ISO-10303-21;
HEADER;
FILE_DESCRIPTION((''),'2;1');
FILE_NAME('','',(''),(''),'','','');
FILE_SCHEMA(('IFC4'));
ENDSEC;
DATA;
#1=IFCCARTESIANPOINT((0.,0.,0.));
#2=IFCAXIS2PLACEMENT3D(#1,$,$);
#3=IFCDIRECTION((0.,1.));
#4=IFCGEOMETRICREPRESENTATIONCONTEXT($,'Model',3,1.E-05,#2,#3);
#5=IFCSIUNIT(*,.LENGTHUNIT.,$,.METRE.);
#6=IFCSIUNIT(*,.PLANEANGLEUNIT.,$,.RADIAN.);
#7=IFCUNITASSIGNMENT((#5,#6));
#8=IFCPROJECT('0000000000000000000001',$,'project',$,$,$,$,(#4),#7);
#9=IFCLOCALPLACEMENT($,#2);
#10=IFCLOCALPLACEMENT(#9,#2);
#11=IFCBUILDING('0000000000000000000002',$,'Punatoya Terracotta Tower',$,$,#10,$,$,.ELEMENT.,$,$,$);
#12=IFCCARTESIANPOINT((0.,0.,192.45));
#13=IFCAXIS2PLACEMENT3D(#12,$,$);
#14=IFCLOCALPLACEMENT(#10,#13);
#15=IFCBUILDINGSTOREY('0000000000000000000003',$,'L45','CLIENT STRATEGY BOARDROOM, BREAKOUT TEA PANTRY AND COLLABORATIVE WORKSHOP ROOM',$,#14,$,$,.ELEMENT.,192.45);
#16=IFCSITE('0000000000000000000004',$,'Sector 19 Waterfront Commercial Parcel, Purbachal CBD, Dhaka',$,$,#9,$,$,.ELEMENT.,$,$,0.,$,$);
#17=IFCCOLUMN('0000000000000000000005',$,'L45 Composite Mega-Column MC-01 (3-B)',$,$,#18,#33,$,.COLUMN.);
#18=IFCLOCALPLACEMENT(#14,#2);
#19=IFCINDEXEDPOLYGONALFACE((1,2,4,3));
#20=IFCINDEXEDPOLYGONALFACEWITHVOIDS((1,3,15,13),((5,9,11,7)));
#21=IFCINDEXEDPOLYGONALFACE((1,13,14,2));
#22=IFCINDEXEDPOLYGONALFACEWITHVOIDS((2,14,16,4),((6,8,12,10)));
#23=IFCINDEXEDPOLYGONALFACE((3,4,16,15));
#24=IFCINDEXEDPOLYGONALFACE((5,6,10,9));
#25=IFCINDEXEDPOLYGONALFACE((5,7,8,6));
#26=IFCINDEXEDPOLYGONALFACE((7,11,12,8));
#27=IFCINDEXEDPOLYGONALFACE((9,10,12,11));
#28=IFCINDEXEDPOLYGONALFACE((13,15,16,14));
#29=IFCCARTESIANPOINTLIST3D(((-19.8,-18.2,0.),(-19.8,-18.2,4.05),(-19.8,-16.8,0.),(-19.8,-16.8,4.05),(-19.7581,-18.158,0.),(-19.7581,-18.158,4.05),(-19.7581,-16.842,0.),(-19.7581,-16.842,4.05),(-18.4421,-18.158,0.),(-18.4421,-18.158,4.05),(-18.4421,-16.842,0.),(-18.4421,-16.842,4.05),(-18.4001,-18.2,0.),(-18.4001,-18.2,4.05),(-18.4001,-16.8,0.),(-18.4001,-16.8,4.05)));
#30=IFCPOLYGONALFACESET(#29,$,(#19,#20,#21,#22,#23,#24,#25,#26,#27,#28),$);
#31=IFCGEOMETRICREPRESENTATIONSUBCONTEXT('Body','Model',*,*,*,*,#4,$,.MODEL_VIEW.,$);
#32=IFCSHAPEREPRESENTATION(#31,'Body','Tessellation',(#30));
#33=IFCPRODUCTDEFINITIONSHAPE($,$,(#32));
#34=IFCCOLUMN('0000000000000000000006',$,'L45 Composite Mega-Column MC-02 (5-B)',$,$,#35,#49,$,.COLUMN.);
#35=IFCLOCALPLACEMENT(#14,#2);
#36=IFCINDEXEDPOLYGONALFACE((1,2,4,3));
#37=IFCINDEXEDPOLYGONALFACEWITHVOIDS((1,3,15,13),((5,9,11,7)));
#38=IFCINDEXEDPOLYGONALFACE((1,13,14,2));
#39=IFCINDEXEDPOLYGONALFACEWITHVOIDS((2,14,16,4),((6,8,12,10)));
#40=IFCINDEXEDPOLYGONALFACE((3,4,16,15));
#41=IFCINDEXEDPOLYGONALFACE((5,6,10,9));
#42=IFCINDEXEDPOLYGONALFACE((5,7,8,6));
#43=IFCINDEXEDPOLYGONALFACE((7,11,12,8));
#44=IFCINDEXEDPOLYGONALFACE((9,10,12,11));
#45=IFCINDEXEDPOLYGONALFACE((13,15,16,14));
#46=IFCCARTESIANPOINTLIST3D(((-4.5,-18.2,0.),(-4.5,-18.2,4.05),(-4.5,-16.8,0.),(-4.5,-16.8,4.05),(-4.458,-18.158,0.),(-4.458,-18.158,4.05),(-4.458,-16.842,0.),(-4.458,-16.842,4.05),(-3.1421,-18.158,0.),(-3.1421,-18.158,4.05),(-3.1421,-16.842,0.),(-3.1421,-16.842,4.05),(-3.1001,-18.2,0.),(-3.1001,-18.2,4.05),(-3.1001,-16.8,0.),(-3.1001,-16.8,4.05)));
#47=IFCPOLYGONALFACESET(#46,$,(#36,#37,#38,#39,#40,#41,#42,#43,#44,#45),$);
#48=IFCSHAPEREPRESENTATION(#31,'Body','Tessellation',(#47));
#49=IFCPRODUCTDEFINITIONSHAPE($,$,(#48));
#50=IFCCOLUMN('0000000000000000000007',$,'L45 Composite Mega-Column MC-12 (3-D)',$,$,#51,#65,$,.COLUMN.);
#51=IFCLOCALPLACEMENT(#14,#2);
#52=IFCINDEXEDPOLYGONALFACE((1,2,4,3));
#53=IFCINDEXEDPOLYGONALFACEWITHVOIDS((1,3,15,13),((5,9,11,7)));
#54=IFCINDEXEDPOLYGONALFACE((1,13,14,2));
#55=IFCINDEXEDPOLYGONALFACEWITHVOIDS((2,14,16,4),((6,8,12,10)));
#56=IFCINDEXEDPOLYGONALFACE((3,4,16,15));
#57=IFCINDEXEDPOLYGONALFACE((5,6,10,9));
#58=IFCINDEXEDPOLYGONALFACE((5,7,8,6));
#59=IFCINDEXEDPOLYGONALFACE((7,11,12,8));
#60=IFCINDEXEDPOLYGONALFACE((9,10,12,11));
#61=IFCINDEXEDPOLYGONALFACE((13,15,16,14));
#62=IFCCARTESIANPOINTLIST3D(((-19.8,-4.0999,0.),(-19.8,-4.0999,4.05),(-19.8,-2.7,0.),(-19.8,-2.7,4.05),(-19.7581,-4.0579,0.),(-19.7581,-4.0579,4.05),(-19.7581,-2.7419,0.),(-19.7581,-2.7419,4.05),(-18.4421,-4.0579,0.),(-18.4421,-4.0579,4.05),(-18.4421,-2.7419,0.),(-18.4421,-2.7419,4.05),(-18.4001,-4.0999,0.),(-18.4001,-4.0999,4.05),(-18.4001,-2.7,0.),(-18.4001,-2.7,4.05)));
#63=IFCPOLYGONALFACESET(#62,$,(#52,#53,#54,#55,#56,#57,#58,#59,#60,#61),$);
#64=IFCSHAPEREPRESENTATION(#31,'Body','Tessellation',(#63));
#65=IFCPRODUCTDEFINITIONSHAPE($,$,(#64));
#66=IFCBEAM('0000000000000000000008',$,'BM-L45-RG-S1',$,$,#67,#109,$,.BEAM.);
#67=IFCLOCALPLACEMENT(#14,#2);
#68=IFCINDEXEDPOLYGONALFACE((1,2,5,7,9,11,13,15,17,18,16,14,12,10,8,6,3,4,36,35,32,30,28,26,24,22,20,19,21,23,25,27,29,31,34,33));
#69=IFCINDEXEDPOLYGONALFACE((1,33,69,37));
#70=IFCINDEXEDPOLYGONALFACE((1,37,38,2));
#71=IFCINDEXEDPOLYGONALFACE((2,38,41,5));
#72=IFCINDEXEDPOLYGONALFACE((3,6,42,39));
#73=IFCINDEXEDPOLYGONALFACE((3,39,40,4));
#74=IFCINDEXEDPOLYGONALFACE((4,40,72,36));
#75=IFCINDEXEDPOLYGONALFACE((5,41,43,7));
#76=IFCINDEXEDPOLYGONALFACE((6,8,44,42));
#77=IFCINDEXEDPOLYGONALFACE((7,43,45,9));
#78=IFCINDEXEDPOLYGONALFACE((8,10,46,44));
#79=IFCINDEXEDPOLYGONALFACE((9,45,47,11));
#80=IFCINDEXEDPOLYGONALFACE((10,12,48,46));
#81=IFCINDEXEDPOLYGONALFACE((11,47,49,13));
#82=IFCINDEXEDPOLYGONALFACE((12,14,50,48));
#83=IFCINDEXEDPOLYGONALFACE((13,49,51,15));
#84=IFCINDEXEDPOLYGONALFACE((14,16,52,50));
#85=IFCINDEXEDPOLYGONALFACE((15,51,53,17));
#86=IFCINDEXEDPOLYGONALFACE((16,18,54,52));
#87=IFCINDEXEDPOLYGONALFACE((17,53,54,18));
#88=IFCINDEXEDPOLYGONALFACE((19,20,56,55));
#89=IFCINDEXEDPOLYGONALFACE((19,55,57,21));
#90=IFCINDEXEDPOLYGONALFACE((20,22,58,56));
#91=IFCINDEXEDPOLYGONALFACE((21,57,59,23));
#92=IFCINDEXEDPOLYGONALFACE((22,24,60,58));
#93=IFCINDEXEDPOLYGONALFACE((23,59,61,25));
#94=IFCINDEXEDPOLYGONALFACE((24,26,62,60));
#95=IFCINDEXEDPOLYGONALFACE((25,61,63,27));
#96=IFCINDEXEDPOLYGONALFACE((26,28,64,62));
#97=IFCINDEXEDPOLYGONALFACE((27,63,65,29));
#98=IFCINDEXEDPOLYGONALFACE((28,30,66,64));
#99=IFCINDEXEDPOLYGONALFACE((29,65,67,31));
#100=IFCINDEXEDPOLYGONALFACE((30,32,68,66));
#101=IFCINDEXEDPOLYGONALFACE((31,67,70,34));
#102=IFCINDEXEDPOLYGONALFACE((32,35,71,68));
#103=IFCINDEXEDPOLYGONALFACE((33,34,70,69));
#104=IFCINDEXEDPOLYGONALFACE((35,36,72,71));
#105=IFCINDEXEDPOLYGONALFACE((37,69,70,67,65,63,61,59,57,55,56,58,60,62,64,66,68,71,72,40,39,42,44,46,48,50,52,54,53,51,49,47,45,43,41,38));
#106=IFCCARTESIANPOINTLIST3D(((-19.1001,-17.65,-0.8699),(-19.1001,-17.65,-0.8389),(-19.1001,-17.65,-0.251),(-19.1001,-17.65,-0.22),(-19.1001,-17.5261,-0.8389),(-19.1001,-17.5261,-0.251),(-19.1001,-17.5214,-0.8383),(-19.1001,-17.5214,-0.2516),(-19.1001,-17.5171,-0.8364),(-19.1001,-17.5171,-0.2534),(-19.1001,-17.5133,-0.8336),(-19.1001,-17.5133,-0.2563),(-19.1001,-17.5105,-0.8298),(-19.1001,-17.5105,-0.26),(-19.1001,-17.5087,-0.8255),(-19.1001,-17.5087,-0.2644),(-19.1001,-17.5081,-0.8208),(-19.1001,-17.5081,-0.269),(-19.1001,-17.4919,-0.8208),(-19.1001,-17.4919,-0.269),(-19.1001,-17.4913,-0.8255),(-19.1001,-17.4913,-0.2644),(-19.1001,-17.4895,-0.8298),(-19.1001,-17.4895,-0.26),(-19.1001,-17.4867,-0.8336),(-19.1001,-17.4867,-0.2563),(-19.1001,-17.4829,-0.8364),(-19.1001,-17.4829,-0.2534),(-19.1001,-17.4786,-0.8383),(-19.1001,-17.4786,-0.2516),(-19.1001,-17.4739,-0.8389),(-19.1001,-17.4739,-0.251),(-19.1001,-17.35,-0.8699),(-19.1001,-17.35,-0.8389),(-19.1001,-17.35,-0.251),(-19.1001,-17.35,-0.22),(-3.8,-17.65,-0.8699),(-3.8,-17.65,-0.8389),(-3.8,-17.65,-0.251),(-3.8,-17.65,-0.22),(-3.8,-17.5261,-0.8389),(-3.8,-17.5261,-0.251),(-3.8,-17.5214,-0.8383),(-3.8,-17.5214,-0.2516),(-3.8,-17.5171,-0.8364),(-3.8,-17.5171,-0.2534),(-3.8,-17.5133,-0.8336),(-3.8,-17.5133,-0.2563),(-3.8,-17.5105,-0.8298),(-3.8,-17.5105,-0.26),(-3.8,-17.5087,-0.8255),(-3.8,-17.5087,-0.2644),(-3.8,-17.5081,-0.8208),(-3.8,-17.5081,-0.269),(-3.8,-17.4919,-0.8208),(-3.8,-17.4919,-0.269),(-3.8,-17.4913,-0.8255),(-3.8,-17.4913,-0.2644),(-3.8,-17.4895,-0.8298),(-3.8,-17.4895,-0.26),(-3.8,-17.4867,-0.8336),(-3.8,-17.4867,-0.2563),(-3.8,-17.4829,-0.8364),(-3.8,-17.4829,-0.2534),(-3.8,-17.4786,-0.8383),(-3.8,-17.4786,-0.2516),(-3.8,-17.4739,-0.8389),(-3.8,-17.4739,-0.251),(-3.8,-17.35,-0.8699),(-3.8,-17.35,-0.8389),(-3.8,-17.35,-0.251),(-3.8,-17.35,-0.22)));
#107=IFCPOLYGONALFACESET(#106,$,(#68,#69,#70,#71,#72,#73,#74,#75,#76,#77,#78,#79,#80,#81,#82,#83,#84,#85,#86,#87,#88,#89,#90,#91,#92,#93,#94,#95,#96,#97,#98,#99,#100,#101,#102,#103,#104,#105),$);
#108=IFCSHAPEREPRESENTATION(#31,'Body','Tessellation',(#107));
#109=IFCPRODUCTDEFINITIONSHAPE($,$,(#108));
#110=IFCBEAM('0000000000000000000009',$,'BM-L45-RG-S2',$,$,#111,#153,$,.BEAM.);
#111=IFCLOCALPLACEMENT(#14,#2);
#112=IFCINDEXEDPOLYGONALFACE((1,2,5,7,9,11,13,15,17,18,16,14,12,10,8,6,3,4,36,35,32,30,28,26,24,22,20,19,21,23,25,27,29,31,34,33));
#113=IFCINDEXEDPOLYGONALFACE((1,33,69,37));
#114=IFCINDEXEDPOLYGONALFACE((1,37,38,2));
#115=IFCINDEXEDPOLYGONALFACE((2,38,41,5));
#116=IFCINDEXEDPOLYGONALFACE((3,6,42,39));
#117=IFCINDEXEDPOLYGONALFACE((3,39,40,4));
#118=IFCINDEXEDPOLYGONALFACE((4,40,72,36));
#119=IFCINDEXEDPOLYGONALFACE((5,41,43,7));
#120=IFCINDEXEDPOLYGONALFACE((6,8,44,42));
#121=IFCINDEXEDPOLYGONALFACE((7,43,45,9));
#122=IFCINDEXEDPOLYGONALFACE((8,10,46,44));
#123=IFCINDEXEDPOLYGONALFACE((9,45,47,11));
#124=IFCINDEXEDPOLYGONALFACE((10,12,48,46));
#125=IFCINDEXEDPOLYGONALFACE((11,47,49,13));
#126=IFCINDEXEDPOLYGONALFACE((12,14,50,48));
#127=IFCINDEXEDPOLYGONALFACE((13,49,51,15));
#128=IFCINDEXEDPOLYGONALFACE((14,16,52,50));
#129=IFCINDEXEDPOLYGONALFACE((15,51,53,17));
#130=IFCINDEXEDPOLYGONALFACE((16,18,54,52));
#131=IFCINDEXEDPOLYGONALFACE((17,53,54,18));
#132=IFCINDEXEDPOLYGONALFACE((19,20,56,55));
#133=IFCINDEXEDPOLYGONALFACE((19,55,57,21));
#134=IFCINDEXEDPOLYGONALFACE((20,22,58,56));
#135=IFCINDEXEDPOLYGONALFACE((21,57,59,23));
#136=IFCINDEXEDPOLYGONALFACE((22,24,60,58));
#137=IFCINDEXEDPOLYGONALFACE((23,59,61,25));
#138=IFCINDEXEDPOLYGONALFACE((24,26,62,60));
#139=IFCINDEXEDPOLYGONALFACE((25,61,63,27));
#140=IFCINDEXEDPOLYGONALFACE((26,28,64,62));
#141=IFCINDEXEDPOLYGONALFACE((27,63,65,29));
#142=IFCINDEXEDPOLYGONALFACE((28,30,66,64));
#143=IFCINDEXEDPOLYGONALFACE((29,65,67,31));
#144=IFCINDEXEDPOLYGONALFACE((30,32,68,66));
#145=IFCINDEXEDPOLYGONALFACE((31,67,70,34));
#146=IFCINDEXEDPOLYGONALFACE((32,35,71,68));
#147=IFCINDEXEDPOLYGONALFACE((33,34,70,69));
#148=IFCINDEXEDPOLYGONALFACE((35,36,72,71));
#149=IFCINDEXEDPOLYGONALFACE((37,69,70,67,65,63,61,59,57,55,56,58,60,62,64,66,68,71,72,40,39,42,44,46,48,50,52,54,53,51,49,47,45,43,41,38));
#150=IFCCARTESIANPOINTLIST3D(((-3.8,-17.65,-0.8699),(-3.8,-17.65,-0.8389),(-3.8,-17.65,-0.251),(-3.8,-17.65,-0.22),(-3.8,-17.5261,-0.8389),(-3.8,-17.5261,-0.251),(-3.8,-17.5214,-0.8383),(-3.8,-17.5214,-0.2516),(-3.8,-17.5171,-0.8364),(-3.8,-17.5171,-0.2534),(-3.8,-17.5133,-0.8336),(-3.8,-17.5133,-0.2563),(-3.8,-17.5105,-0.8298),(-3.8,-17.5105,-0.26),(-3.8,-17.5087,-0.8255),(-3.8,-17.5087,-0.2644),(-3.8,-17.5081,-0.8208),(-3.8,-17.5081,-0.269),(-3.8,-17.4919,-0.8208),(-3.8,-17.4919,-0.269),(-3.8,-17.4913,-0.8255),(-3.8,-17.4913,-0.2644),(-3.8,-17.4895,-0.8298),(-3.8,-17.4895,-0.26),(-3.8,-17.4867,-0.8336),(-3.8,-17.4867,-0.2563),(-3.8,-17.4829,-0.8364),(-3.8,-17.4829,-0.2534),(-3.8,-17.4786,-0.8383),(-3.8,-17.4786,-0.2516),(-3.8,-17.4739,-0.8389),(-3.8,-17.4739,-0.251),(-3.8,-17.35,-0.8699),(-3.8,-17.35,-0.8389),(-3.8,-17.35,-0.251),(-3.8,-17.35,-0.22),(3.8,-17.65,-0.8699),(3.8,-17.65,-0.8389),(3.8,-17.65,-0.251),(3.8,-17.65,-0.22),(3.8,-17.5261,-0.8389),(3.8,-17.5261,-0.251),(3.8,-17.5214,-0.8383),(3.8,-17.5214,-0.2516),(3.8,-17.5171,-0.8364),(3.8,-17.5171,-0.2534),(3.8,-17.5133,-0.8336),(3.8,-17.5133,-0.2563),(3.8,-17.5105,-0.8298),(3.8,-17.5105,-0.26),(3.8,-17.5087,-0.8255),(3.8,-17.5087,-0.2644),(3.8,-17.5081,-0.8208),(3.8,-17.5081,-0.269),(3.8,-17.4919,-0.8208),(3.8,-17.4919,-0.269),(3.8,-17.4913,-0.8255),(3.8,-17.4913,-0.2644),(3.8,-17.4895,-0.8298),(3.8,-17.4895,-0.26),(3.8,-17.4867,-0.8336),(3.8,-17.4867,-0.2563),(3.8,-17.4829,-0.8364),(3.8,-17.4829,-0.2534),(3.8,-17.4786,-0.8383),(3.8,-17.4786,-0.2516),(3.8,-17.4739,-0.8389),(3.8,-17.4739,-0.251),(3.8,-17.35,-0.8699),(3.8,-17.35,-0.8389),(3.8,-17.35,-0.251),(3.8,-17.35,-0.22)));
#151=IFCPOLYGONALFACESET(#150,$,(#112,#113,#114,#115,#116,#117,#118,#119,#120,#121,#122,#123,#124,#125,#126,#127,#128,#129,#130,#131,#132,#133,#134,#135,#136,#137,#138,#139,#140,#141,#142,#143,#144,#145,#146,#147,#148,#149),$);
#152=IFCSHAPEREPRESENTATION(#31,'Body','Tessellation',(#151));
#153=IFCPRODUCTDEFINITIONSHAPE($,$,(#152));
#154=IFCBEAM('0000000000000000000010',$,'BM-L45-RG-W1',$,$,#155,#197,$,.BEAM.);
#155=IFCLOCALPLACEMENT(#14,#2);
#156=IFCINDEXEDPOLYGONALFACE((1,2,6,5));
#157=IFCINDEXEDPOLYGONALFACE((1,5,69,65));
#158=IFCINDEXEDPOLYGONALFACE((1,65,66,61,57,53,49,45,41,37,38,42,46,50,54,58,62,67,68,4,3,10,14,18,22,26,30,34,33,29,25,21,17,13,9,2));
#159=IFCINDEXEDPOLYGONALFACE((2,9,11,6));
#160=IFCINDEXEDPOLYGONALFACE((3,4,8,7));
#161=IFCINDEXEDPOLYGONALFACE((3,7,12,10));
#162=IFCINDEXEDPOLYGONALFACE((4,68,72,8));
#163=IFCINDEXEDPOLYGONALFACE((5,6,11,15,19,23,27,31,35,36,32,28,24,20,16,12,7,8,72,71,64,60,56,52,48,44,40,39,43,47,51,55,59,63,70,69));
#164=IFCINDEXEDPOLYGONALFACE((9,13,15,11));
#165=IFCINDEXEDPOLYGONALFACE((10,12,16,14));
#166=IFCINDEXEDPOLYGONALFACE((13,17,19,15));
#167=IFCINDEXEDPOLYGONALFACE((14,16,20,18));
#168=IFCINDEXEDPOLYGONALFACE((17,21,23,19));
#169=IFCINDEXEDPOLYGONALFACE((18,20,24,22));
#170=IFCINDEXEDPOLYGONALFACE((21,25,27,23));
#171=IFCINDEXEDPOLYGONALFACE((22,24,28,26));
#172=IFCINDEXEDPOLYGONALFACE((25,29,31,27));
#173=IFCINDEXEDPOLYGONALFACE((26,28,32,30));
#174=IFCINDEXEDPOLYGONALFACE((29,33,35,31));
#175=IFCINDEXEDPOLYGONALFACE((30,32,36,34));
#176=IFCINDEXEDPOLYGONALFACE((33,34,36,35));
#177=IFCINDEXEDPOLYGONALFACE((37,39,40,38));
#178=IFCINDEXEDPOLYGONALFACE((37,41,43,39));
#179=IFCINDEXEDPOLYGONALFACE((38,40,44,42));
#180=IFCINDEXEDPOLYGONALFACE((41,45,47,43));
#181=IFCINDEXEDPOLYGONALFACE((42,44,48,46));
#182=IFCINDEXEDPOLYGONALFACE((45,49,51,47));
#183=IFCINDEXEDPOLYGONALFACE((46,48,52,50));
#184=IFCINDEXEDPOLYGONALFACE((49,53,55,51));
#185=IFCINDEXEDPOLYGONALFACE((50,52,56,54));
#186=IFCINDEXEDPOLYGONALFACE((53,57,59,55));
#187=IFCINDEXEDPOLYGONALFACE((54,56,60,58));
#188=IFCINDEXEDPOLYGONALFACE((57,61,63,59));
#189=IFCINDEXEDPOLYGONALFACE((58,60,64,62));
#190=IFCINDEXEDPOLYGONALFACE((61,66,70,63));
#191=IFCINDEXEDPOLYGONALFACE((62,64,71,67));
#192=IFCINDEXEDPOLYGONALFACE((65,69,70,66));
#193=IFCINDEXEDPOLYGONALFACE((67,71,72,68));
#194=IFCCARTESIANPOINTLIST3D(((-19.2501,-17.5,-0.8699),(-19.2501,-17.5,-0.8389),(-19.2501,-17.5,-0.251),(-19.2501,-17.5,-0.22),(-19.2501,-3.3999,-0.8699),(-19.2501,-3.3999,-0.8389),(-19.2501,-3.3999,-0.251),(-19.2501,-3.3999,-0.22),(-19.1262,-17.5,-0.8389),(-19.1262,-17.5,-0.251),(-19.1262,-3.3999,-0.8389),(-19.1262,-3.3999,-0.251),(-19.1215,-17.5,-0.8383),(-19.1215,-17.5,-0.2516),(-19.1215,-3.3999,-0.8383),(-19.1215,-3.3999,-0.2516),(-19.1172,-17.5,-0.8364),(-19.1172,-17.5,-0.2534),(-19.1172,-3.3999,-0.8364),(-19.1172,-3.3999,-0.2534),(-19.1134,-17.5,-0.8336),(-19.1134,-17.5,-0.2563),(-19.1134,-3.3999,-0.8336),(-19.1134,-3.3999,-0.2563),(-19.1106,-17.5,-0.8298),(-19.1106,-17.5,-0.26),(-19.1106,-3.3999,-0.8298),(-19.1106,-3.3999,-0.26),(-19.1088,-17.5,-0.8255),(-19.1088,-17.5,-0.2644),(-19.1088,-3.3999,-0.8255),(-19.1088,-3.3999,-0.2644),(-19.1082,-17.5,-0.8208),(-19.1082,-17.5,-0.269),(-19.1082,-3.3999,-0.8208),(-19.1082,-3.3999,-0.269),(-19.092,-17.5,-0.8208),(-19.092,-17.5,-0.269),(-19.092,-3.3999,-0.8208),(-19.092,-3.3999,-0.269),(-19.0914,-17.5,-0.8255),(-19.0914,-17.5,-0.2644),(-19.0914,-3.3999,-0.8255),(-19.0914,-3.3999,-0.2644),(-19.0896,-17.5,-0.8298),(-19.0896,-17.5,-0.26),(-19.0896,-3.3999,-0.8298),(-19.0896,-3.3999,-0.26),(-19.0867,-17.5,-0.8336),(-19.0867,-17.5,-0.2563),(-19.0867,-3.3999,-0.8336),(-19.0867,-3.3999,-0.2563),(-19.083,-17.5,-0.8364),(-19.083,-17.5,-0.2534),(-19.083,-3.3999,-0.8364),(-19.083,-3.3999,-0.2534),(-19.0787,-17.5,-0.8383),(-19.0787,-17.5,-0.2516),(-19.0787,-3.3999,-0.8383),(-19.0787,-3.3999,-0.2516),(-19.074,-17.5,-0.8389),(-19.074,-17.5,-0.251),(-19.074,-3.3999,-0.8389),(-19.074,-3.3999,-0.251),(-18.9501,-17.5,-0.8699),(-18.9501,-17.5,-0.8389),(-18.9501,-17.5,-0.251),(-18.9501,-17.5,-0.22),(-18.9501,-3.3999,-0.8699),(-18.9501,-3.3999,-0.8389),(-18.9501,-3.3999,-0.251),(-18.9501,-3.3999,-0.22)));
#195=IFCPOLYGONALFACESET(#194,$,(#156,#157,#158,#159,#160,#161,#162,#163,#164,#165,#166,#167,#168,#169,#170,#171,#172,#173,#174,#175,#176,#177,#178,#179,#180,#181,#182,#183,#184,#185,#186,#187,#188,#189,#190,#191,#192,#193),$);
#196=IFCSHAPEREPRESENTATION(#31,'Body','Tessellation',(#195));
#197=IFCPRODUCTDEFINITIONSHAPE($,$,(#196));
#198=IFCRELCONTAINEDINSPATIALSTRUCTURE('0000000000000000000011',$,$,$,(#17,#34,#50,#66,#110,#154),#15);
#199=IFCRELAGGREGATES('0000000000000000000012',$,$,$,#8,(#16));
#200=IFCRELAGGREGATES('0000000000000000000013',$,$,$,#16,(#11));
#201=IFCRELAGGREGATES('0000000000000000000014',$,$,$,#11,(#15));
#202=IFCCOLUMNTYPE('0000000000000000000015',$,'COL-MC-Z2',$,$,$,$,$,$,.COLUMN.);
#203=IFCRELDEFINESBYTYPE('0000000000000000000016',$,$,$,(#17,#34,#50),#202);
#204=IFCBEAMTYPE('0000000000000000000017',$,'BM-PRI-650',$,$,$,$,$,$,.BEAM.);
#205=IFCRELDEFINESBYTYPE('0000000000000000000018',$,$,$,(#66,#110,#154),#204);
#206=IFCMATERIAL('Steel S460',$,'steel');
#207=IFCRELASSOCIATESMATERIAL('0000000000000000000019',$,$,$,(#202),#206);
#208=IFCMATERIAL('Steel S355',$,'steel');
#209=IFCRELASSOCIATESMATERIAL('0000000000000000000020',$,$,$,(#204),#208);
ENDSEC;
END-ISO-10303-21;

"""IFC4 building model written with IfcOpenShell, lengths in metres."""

from ifc_helpers import new_model, si_unit, direction, frame, origin, origin_2d, place, context, subcontext, project, spatial, hollow_rectangle, i_section, extrude, material, material_profile, profile_set, type_object, element, save


model = new_model("IFC4")

# Units and contexts
model_context = context("Model", 3, precision=1e-05, world=origin(), true_north=direction((0.0, 1.0)))
body_context = subcontext(model_context, "Body", "Model", "MODEL_VIEW")
ifc_project = project(units=[si_unit("LENGTHUNIT", "METRE"), si_unit("PLANEANGLEUNIT", "RADIAN")], contexts=[model_context])

# Site, building, storey
site_placement = place(None, origin())
site = spatial("IfcSite", under=ifc_project, at=site_placement, Name="Sector 19 Waterfront Commercial Parcel, Purbachal CBD, Dhaka", CompositionType="ELEMENT", RefElevation=0.0)
building_placement = place(site_placement, origin())
building = spatial("IfcBuilding", under=site, at=building_placement, Name="Punatoya Terracotta Tower", CompositionType="ELEMENT")
storey_placement = place(building_placement, frame((0.0, 0.0, 192.45)))
storey = spatial("IfcBuildingStorey", under=building, at=storey_placement, Name="L45", Description="CLIENT STRATEGY BOARDROOM, BREAKOUT TEA PANTRY AND COLLABORATIVE WORKSHOP ROOM", CompositionType="ELEMENT", Elevation=192.45)

# Columns
ifc_material_1 = material(Name="Steel S460", Category="steel")
ifc_material_profile_1 = material_profile(ifc_material_1, hollow_rectangle(XDim=1.3999, YDim=1.3999, WallThickness=0.042, at=origin_2d()))
ifc_profile_set_1 = profile_set([ifc_material_profile_1], Name="Steel S460")
column_type = type_object("IfcColumnType", Name="COL-MC-Z2", PredefinedType="COLUMN", material=ifc_profile_set_1)
for number, where, z_axis, x_axis, name in (
    (1, (-19.1001, -17.5, 0.0), (0.0, 0.0, 1.0), (1.0, 0.0, 0.0), "L45 Composite Mega-Column MC-01 (3-B)"),
    (2, (-3.8, -17.5, 0.0), (0.0, 0.0, 1.0), (1.0, 0.0, 0.0), "L45 Composite Mega-Column MC-02 (5-B)"),
    (3, (-19.1001, -3.3999, 0.0), (0.0, 0.0, 1.0), (1.0, 0.0, 0.0), "L45 Composite Mega-Column MC-12 (3-D)"),
):
    element("IfcColumn", number, at=place(storey_placement, frame(where, z_axis=z_axis, x_axis=x_axis)), inside=storey, type_object=column_type, Name=name, PredefinedType="COLUMN", context=body_context, shape_type="SweptSolid", body=[
        extrude(hollow_rectangle(XDim=1.3999, YDim=1.3999, WallThickness=0.042, at=origin_2d()), origin(), (0.0, 0.0, 1.0), 4.05),
    ])

# Beams
ifc_material_2 = material(Name="Steel S355", Category="steel")
ifc_material_profile_2 = material_profile(ifc_material_2, i_section(OverallWidth=0.3, OverallDepth=0.6499, WebThickness=0.0161, FlangeThickness=0.031, FilletRadius=0.0181, at=origin_2d()))
ifc_profile_set_2 = profile_set([ifc_material_profile_2], Name="Steel S355")
beam_type_1 = type_object("IfcBeamType", Name="BM-PRI-650", PredefinedType="BEAM", material=ifc_profile_set_2)
beam_1_placement = place(storey_placement, frame((-19.1001, -17.5, -0.5449), z_axis=(1.0, 0.0, 0.0), x_axis=(0.0, 1.0, 0.0)))
element("IfcBeam", 4, at=beam_1_placement, inside=storey, type_object=beam_type_1, Name="BM-L45-RG-S1", PredefinedType="BEAM", context=body_context, shape_type="SweptSolid", body=[
    extrude(i_section(OverallWidth=0.3, OverallDepth=0.6499, WebThickness=0.0161, FlangeThickness=0.031, FilletRadius=0.0181, at=origin_2d()), origin(), (0.0, 0.0, 1.0), 15.3),
])
beam_2_placement = place(storey_placement, frame((-3.8, -17.5, -0.5449), z_axis=(1.0, 0.0, 0.0), x_axis=(0.0, 1.0, 0.0)))
element("IfcBeam", 5, at=beam_2_placement, inside=storey, type_object=beam_type_1, Name="BM-L45-RG-S2", PredefinedType="BEAM", context=body_context, shape_type="SweptSolid", body=[
    extrude(i_section(OverallWidth=0.3, OverallDepth=0.6499, WebThickness=0.0161, FlangeThickness=0.031, FilletRadius=0.0181, at=origin_2d()), origin(), (0.0, 0.0, 1.0), 7.6001),
])
beam_3_placement = place(storey_placement, frame((-19.1001, -17.5, -0.5449), z_axis=(0.0, 1.0, 0.0), x_axis=(-1.0, 0.0, 0.0)))
element("IfcBeam", 6, at=beam_3_placement, inside=storey, type_object=beam_type_1, Name="BM-L45-RG-W1", PredefinedType="BEAM", context=body_context, shape_type="SweptSolid", body=[
    extrude(i_section(OverallWidth=0.3, OverallDepth=0.6499, WebThickness=0.0161, FlangeThickness=0.031, FilletRadius=0.0181, at=origin_2d()), origin(), (0.0, 0.0, 1.0), 14.1001),
])

save(model, "model.ifc")
